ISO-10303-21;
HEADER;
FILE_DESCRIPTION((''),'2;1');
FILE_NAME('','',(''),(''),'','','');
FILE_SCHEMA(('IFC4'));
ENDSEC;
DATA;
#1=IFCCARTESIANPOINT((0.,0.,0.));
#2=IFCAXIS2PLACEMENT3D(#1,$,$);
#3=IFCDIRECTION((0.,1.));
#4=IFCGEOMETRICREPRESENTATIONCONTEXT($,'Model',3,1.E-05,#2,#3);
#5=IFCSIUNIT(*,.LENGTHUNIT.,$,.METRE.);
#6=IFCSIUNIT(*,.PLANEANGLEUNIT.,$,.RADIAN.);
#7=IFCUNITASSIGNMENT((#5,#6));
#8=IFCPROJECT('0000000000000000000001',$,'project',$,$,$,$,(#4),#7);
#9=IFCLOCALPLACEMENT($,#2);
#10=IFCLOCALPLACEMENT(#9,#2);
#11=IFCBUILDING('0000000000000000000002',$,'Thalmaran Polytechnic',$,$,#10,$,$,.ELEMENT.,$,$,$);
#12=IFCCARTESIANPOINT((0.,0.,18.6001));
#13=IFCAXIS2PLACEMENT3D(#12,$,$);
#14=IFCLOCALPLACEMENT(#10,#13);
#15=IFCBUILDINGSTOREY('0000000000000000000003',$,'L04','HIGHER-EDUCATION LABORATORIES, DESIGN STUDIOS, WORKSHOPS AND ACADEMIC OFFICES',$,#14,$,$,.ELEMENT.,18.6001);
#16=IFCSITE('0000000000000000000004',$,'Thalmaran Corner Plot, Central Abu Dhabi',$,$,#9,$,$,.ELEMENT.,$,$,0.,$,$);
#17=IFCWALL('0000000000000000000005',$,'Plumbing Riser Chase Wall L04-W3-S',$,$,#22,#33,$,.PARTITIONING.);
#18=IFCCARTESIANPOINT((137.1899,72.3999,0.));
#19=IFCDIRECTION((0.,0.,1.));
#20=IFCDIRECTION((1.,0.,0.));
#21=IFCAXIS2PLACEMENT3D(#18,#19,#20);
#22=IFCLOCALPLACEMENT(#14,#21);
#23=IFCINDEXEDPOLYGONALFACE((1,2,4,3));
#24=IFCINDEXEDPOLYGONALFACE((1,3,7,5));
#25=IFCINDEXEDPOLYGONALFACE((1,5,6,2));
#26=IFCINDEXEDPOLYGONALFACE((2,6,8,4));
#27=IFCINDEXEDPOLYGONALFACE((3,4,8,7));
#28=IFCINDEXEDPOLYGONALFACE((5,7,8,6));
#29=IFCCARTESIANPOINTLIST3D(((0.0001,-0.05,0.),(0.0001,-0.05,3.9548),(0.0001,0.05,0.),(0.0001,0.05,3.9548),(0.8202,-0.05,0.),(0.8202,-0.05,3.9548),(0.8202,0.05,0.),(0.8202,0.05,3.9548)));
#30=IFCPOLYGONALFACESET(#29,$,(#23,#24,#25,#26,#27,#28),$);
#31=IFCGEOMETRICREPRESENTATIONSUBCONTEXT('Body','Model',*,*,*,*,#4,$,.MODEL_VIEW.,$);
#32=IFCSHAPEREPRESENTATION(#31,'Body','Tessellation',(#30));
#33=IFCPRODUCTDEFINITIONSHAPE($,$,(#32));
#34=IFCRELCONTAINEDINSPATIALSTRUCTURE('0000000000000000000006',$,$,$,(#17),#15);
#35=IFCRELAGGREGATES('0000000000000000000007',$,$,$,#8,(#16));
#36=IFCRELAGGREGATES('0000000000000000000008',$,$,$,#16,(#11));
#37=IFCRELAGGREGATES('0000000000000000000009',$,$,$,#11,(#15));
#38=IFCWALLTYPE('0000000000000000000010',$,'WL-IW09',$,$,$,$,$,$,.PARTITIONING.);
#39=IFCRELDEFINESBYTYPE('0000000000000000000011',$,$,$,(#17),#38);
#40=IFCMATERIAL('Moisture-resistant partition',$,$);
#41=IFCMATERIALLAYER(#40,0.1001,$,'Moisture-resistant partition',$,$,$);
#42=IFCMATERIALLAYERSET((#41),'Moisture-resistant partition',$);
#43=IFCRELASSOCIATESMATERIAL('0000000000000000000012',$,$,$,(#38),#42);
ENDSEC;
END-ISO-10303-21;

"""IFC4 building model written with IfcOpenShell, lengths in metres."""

from ifc_helpers import new_model, si_unit, direction, frame, frame_2d, origin, place, context, subcontext, project, spatial, rectangle, extrude, material, layer, layer_set, type_object, element, save


model = new_model("IFC4")

# Units and contexts
model_context = context("Model", 3, precision=1e-05, world=origin(), true_north=direction((0.0, 1.0)))
body_context = subcontext(model_context, "Body", "Model", "MODEL_VIEW")
ifc_project = project(units=[si_unit("LENGTHUNIT", "METRE"), si_unit("PLANEANGLEUNIT", "RADIAN")], contexts=[model_context])

# Site, building, storey
site_placement = place(None, origin())
site = spatial("IfcSite", under=ifc_project, at=site_placement, Name="Thalmaran Corner Plot, Central Abu Dhabi", CompositionType="ELEMENT", RefElevation=0.0)
building_placement = place(site_placement, origin())
building = spatial("IfcBuilding", under=site, at=building_placement, Name="Thalmaran Polytechnic", CompositionType="ELEMENT")
storey_placement = place(building_placement, frame((0.0, 0.0, 18.6001)))
storey = spatial("IfcBuildingStorey", under=building, at=storey_placement, Name="L04", Description="HIGHER-EDUCATION LABORATORIES, DESIGN STUDIOS, WORKSHOPS AND ACADEMIC OFFICES", CompositionType="ELEMENT", Elevation=18.6001)

# Wall
ifc_material_1 = material(Name="Moisture-resistant partition")
ifc_layer_1 = layer(ifc_material_1, 0.1001, Name="Moisture-resistant partition")
ifc_layer_set_1 = layer_set([ifc_layer_1], Name="Moisture-resistant partition")
wall_type_1 = type_object("IfcWallType", Name="WL-IW09", PredefinedType="PARTITIONING", material=ifc_layer_set_1)
wall_1_placement = place(storey_placement, frame((137.1899, 72.3999, 0.0), z_axis=(0.0, 0.0, 1.0), x_axis=(1.0, 0.0, 0.0)))
element("IfcWall", 1, at=wall_1_placement, inside=storey, type_object=wall_type_1, Name="Plumbing Riser Chase Wall L04-W3-S", PredefinedType="PARTITIONING", context=body_context, shape_type="SweptSolid", body=[
    extrude(rectangle(XDim=0.8201, YDim=0.1001, at=frame_2d((0.4102, 0.0))), origin(), (0.0, 0.0, 1.0), 3.9548),
])

save(model, "model.ifc")
